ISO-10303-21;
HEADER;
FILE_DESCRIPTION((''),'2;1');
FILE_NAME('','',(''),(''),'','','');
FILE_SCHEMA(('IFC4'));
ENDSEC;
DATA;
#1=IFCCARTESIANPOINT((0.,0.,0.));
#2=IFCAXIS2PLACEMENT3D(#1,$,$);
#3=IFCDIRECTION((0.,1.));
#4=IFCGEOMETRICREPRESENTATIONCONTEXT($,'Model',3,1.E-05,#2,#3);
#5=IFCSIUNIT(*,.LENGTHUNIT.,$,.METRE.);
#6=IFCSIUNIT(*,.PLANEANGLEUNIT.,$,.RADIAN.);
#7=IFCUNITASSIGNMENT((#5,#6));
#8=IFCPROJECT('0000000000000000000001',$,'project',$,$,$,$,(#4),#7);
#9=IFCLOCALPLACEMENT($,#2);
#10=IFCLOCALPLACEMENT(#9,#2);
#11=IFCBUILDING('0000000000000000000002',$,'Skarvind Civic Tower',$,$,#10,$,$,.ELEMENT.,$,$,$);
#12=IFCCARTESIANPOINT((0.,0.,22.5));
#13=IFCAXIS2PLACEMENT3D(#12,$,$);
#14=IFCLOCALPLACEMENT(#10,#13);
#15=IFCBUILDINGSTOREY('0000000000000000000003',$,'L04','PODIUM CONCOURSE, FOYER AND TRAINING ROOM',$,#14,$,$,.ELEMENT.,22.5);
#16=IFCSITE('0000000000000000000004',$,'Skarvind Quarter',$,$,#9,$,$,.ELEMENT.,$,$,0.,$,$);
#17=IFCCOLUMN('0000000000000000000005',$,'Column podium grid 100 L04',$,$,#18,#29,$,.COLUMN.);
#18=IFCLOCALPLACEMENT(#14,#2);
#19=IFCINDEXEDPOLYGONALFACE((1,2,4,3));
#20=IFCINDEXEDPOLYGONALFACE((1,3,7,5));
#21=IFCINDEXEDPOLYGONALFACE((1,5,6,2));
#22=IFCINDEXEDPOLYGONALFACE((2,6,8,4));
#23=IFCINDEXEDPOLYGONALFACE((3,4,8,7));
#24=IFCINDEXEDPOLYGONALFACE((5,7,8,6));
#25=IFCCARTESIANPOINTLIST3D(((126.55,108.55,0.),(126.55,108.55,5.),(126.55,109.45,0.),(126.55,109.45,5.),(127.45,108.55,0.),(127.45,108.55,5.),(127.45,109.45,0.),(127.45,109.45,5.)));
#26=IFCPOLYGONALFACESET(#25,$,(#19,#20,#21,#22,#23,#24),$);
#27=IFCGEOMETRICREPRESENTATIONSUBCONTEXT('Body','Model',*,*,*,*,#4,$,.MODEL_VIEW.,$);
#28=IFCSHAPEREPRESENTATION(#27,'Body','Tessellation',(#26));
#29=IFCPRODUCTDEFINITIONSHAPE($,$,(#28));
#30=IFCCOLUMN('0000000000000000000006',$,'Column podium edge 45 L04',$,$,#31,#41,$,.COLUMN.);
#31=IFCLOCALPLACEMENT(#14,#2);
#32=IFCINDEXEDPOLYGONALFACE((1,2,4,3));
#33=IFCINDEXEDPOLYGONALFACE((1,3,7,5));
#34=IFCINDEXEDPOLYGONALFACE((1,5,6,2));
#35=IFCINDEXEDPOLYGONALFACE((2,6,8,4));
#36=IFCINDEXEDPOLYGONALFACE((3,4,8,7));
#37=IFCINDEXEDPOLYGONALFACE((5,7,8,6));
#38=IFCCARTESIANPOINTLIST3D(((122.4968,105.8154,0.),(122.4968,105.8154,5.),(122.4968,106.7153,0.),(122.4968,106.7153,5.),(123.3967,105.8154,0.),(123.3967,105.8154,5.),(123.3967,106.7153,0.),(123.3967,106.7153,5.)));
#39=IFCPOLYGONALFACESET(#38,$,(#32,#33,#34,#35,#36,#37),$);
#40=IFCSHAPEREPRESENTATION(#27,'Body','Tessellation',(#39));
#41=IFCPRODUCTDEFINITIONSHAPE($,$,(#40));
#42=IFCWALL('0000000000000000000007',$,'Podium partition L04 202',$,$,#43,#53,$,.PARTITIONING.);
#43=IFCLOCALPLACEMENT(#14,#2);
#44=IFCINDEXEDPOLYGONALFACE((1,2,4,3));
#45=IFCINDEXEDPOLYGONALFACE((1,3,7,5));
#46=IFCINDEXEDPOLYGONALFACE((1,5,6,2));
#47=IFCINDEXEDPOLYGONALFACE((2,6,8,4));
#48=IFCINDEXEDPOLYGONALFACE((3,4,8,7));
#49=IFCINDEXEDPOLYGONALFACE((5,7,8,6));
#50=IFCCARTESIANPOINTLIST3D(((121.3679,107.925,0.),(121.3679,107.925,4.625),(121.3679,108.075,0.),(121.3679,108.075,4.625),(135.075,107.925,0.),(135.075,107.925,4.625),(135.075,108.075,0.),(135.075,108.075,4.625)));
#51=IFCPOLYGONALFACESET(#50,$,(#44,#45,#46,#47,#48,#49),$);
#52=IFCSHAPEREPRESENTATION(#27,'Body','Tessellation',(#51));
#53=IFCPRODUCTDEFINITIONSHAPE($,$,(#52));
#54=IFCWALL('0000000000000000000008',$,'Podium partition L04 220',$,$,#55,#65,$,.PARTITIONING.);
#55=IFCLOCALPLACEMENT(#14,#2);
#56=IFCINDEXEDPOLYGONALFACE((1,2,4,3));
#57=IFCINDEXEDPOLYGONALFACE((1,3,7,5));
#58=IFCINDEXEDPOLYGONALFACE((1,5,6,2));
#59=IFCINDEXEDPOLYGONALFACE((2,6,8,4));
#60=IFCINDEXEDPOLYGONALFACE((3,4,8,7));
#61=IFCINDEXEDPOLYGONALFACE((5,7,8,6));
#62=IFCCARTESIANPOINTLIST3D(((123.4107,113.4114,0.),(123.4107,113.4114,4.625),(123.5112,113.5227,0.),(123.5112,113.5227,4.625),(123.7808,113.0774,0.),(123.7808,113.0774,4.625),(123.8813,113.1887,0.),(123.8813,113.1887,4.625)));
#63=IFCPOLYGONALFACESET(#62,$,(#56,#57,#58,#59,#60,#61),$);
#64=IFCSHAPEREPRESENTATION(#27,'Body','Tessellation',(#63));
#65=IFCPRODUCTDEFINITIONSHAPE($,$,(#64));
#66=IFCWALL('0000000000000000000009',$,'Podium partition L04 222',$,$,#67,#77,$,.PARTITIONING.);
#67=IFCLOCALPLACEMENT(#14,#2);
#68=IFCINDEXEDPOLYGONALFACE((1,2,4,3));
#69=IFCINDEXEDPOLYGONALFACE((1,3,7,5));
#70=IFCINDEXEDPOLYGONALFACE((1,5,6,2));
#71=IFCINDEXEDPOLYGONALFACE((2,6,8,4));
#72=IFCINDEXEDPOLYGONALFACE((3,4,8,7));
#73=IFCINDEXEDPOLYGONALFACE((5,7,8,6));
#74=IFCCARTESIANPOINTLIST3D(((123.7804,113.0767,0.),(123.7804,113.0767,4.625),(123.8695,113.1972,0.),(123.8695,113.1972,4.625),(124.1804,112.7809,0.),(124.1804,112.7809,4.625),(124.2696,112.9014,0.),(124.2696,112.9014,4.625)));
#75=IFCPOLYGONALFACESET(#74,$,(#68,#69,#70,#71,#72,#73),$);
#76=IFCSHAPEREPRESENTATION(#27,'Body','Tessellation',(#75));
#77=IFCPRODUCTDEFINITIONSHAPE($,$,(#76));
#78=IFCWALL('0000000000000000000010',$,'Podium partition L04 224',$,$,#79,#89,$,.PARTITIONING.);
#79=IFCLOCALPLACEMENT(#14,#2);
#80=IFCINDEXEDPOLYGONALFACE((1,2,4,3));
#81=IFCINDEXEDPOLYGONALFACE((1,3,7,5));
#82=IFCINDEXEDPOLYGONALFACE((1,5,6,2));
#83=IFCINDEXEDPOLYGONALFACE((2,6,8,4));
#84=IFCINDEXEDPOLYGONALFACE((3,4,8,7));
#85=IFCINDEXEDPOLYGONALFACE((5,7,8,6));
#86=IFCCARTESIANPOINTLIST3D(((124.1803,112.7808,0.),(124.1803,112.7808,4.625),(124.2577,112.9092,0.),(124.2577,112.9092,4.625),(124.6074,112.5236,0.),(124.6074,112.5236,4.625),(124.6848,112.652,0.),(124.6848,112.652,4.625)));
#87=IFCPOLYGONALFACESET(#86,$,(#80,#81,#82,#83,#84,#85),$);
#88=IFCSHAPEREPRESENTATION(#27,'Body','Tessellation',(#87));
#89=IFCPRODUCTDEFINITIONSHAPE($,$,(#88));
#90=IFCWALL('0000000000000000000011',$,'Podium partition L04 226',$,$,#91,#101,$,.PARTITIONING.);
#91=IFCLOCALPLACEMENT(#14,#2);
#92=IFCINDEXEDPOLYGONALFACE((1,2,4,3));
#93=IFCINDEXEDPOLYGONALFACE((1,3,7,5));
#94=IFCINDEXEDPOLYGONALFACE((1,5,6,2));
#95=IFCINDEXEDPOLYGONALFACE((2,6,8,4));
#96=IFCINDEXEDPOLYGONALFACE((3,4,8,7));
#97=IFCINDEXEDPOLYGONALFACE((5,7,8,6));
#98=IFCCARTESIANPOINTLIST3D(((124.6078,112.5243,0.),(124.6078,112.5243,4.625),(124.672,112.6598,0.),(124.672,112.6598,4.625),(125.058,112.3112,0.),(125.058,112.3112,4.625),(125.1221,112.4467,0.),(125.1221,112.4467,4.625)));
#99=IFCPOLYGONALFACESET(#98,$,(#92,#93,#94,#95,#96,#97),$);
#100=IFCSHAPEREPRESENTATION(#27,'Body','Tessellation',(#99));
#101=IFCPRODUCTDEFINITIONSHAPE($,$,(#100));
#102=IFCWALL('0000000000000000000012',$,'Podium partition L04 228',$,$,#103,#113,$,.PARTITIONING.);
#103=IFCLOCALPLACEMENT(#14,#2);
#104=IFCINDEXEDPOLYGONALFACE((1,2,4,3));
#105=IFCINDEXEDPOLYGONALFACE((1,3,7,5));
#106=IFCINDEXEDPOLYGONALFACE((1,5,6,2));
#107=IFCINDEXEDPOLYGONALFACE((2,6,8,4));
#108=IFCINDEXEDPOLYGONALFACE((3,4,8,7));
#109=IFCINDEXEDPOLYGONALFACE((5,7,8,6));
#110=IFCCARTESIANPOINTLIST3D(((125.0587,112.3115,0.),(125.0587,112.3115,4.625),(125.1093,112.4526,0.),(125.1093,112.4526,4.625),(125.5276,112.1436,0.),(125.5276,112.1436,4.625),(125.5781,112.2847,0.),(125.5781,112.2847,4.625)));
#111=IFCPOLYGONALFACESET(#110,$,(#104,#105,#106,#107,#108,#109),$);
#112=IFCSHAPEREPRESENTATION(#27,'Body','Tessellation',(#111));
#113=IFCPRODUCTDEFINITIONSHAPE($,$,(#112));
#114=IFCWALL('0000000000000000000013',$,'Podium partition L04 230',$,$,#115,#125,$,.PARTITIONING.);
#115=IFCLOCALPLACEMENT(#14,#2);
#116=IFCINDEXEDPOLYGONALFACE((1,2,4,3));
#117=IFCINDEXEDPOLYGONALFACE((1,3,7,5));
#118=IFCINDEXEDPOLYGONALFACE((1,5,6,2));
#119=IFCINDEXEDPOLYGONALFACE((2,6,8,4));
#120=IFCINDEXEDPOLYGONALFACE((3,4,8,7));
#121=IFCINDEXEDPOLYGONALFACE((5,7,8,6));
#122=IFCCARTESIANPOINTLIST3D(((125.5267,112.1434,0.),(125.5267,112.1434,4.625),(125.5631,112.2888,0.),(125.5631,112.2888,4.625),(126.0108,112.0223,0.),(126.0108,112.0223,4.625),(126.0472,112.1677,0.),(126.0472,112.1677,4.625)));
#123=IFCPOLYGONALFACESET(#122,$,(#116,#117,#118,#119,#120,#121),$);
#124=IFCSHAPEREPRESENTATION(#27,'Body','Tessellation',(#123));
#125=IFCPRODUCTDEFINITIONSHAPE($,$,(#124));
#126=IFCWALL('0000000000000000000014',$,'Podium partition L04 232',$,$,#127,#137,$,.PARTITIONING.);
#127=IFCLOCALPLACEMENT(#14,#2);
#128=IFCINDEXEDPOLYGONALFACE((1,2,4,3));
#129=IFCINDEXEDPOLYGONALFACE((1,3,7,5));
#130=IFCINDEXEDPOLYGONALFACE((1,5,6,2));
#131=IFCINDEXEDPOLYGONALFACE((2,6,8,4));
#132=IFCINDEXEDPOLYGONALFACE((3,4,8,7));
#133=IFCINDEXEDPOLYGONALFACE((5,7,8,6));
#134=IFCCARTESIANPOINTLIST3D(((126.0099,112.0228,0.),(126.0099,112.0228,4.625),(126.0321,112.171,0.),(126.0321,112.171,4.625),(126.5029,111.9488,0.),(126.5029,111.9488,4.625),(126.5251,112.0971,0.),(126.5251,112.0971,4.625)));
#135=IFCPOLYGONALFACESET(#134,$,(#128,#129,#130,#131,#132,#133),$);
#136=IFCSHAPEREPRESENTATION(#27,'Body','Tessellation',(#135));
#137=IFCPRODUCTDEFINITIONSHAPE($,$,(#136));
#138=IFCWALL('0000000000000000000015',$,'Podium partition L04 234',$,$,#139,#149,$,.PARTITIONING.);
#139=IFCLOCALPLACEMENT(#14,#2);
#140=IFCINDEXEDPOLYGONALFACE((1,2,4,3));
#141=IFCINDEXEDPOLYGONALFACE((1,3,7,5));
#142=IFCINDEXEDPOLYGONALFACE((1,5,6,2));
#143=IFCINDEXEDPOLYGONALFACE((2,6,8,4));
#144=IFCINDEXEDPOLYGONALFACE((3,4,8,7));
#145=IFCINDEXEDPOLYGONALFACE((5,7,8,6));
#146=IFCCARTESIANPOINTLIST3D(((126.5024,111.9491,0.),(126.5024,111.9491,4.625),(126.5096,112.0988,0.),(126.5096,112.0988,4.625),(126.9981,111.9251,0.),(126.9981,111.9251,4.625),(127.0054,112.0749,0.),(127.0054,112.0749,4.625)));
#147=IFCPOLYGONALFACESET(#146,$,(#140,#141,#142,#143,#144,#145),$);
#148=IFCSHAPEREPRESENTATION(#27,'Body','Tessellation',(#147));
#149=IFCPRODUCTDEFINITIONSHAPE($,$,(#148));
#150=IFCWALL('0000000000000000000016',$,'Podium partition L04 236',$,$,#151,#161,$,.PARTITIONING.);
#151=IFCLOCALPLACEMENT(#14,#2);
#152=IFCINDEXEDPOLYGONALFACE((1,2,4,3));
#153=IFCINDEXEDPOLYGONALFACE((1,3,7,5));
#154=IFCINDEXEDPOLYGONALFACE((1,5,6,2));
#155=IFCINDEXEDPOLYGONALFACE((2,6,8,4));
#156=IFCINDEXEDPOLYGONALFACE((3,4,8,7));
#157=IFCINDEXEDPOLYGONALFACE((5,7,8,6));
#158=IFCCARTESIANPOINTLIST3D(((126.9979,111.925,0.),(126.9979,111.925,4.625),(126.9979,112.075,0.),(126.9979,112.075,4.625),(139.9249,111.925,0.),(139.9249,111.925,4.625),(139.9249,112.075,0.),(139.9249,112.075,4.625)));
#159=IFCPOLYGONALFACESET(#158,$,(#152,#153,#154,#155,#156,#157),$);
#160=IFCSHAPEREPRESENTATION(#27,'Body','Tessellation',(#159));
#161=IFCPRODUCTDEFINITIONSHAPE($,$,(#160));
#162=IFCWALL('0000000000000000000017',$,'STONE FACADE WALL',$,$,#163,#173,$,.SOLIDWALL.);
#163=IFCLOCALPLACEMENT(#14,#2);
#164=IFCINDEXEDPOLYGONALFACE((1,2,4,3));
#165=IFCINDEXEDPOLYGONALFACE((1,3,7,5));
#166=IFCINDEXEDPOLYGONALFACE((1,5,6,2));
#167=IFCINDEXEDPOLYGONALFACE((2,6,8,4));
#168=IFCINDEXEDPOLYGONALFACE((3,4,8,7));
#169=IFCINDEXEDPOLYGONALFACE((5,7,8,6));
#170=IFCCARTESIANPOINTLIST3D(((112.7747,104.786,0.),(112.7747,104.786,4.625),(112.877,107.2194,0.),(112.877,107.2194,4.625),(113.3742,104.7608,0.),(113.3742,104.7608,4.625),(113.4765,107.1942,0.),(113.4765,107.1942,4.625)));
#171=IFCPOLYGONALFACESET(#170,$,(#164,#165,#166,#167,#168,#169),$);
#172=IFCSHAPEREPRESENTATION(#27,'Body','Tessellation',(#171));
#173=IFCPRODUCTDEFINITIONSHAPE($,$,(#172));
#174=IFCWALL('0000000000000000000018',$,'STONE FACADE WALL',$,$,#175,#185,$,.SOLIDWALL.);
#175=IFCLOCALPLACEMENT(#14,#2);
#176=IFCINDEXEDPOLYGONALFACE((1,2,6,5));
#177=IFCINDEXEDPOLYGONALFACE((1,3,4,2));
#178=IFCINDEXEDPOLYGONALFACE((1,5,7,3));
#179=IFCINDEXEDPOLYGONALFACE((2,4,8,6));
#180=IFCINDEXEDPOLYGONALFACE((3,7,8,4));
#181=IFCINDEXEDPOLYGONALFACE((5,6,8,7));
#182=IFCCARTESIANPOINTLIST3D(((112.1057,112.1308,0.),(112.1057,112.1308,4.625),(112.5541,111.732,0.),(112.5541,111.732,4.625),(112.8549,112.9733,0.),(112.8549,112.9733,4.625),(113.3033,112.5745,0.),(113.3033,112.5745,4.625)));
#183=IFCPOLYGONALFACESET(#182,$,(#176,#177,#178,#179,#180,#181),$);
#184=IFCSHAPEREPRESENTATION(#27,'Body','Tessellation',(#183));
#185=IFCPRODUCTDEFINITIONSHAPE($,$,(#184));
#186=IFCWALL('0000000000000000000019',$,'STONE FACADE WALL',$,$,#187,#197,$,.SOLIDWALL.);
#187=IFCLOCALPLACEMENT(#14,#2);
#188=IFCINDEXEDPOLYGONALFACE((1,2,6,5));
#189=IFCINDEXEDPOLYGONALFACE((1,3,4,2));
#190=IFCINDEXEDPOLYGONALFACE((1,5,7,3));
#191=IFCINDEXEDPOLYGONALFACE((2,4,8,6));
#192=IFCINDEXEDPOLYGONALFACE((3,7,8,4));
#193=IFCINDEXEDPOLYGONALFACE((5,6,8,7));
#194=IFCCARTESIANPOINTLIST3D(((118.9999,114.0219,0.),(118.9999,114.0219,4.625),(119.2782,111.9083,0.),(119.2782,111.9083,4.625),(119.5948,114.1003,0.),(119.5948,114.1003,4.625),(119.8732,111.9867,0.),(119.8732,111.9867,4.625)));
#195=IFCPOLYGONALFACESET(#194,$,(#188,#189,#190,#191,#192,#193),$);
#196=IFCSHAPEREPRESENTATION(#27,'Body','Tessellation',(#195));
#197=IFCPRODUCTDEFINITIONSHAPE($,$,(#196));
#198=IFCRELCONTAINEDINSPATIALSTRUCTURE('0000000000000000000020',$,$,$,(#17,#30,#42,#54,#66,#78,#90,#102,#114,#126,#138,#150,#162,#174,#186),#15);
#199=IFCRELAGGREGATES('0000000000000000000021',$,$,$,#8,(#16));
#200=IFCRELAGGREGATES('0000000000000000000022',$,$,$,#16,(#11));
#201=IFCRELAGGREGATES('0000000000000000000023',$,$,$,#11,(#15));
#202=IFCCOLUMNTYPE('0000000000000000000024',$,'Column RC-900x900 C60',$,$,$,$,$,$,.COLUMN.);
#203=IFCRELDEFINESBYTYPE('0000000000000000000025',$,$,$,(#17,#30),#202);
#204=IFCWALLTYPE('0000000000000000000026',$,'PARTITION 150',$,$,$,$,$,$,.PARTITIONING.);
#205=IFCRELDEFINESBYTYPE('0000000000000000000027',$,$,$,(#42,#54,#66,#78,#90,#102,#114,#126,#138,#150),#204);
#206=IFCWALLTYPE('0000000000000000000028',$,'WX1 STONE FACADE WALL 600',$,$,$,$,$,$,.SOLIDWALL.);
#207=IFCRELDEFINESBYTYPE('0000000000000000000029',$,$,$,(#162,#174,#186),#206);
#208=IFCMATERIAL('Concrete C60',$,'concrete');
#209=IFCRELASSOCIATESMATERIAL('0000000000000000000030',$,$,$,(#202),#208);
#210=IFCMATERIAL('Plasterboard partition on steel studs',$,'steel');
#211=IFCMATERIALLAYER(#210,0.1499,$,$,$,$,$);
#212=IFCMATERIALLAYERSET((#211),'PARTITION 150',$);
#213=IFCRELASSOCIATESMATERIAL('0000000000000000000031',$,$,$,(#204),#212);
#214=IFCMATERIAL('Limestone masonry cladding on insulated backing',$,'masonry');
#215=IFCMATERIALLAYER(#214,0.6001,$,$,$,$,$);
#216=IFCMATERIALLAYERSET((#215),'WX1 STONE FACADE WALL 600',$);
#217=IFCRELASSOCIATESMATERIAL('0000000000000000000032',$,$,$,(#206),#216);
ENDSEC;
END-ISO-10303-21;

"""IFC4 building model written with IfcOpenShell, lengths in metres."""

from ifc_helpers import new_model, si_unit, direction, frame, frame_2d, origin, origin_2d, place, context, subcontext, project, spatial, rectangle, extrude, material, layer, layer_set, material_profile, profile_set, type_object, element, save


model = new_model("IFC4")

# Units and contexts
model_context = context("Model", 3, precision=1e-05, world=origin(), true_north=direction((0.0, 1.0)))
body_context = subcontext(model_context, "Body", "Model", "MODEL_VIEW")
ifc_project = project(units=[si_unit("LENGTHUNIT", "METRE"), si_unit("PLANEANGLEUNIT", "RADIAN")], contexts=[model_context])

# Site, building, storey
site_placement = place(None, origin())
site = spatial("IfcSite", under=ifc_project, at=site_placement, Name="Skarvind Quarter", CompositionType="ELEMENT", RefElevation=0.0)
building_placement = place(site_placement, origin())
building = spatial("IfcBuilding", under=site, at=building_placement, Name="Skarvind Civic Tower", CompositionType="ELEMENT")
storey_placement = place(building_placement, frame((0.0, 0.0, 22.5)))
storey = spatial("IfcBuildingStorey", under=building, at=storey_placement, Name="L04", Description="PODIUM CONCOURSE, FOYER AND TRAINING ROOM", CompositionType="ELEMENT", Elevation=22.5)

# Columns
ifc_material_1 = material(Name="Concrete C60", Category="concrete")
ifc_material_profile = material_profile(ifc_material_1, rectangle(XDim=0.8999, YDim=0.8999, at=origin_2d()), Name="RC-900x900")
ifc_profile_set = profile_set([ifc_material_profile], Name="Concrete C60")
column_type = type_object("IfcColumnType", Name="Column RC-900x900 C60", PredefinedType="COLUMN", material=ifc_profile_set)
for number, where, z_axis, x_axis, name in (
    (1, (127.0, 109.0, 0.0), (0.0, 0.0, 1.0), (1.0, 0.0, 0.0), "Column podium grid 100 L04"),
    (2, (122.9468, 106.2654, 0.0), (0.0, 0.0, 1.0), (1.0, 0.0, 0.0), "Column podium edge 45 L04"),
):
    element("IfcColumn", number, at=place(storey_placement, frame(where, z_axis=z_axis, x_axis=x_axis)), inside=storey, type_object=column_type, Name=name, PredefinedType="COLUMN", context=body_context, shape_type="SweptSolid", body=[
        extrude(rectangle(XDim=0.8999, YDim=0.8999, at=origin_2d()), origin(), (0.0, 0.0, 1.0), 5.0),
    ])

# Walls
ifc_material_2 = material(Name="Plasterboard partition on steel studs", Category="steel")
ifc_layer_1 = layer(ifc_material_2, 0.1499)
ifc_layer_set_1 = layer_set([ifc_layer_1], Name="PARTITION 150")
wall_type_1 = type_object("IfcWallType", Name="PARTITION 150", PredefinedType="PARTITIONING", material=ifc_layer_set_1)
wall_1_placement = place(storey_placement, frame((121.3679, 108.0, 0.0), z_axis=(0.0, 0.0, 1.0), x_axis=(1.0, 0.0, 0.0)))
element("IfcWall", 3, at=wall_1_placement, inside=storey, type_object=wall_type_1, Name="Podium partition L04 202", PredefinedType="PARTITIONING", context=body_context, shape_type="SweptSolid", body=[
    extrude(rectangle(XDim=13.707, YDim=0.1499, at=frame_2d((6.8535, 0.0))), origin(), (0.0, 0.0, 1.0), 4.625),
])
wall_2_placement = place(storey_placement, frame((123.4609, 113.467, 0.0), z_axis=(0.0, 0.0, 1.0), x_axis=(0.742417, -0.669938, 0.0)))
element("IfcWall", 4, at=wall_2_placement, inside=storey, type_object=wall_type_1, Name="Podium partition L04 220", PredefinedType="PARTITIONING", context=body_context, shape_type="SweptSolid", body=[
    extrude(rectangle(XDim=0.4985, YDim=0.1499, at=frame_2d((0.2493, 0.0))), origin(), (0.0, 0.0, 1.0), 4.625),
])
wall_3_placement = place(storey_placement, frame((123.825, 113.137, 0.0), z_axis=(0.0, 0.0, 1.0), x_axis=(0.804044, -0.59457, 0.0)))
element("IfcWall", 5, at=wall_3_placement, inside=storey, type_object=wall_type_1, Name="Podium partition L04 222", PredefinedType="PARTITIONING", context=body_context, shape_type="SweptSolid", body=[
    extrude(rectangle(XDim=0.4976, YDim=0.1499, at=frame_2d((0.2488, 0.0))), origin(), (0.0, 0.0, 1.0), 4.625),
])
wall_4_placement = place(storey_placement, frame((124.219, 112.845, 0.0), z_axis=(0.0, 0.0, 1.0), x_axis=(0.856714, -0.515792, 0.0)))
element("IfcWall", 6, at=wall_4_placement, inside=storey, type_object=wall_type_1, Name="Podium partition L04 224", PredefinedType="PARTITIONING", context=body_context, shape_type="SweptSolid", body=[
    extrude(rectangle(XDim=0.4985, YDim=0.1499, at=frame_2d((0.2493, 0.0))), origin(), (0.0, 0.0, 1.0), 4.625),
])
for number, where, z_axis, x_axis, name in (
    (7, (124.6399, 112.592, 0.0), (0.0, 0.0, 1.0), (0.903828, -0.427897, 0.0), "Podium partition L04 226"),
    (8, (125.084, 112.3821, 0.0), (0.0, 0.0, 1.0), (0.941442, -0.337174, 0.0), "Podium partition L04 228"),
):
    element("IfcWall", number, at=place(storey_placement, frame(where, z_axis=z_axis, x_axis=x_axis)), inside=storey, type_object=wall_type_1, Name=name, PredefinedType="PARTITIONING", context=body_context, shape_type="SweptSolid", body=[
        extrude(rectangle(XDim=0.498, YDim=0.1499, at=frame_2d((0.249, 0.0))), origin(), (0.0, 0.0, 1.0), 4.625),
    ])
wall_5_placement = place(storey_placement, frame((125.5449, 112.2161, 0.0), z_axis=(0.0, 0.0, 1.0), x_axis=(0.970114, -0.242651, 0.0)))
element("IfcWall", 9, at=wall_5_placement, inside=storey, type_object=wall_type_1, Name="Podium partition L04 230", PredefinedType="PARTITIONING", context=body_context, shape_type="SweptSolid", body=[
    extrude(rectangle(XDim=0.499, YDim=0.1499, at=frame_2d((0.2495, 0.0))), origin(), (0.0, 0.0, 1.0), 4.625),
])
wall_6_placement = place(storey_placement, frame((126.021, 112.0969, 0.0), z_axis=(0.0, 0.0, 1.0), x_axis=(0.988926, -0.148412, 0.0)))
element("IfcWall", 10, at=wall_6_placement, inside=storey, type_object=wall_type_1, Name="Podium partition L04 232", PredefinedType="PARTITIONING", context=body_context, shape_type="SweptSolid", body=[
    extrude(rectangle(XDim=0.4985, YDim=0.1499, at=frame_2d((0.2493, 0.0))), origin(), (0.0, 0.0, 1.0), 4.625),
])
wall_7_placement = place(storey_placement, frame((126.5061, 112.0239, 0.0), z_axis=(0.0, 0.0, 1.0), x_axis=(0.998838, -0.048196, 0.0)))
element("IfcWall", 11, at=wall_7_placement, inside=storey, type_object=wall_type_1, Name="Podium partition L04 234", PredefinedType="PARTITIONING", context=body_context, shape_type="SweptSolid", body=[
    extrude(rectangle(XDim=0.4963, YDim=0.1499, at=frame_2d((0.248, 0.0))), origin(), (0.0, 0.0, 1.0), 4.625),
])
wall_8_placement = place(storey_placement, frame((126.998, 112.0, 0.0), z_axis=(0.0, 0.0, 1.0), x_axis=(1.0, 0.0, 0.0)))
element("IfcWall", 12, at=wall_8_placement, inside=storey, type_object=wall_type_1, Name="Podium partition L04 236", PredefinedType="PARTITIONING", context=body_context, shape_type="SweptSolid", body=[
    extrude(rectangle(XDim=12.927, YDim=0.1499, at=frame_2d((6.4634, 0.0))), origin(), (0.0, 0.0, 1.0), 4.625),
])
ifc_material_3 = material(Name="Limestone masonry cladding on insulated backing", Category="masonry")
ifc_layer_2 = layer(ifc_material_3, 0.6001)
ifc_layer_set_2 = layer_set([ifc_layer_2], Name="WX1 STONE FACADE WALL 600")
wall_type_2 = type_object("IfcWallType", Name="WX1 STONE FACADE WALL 600", PredefinedType="SOLIDWALL", material=ifc_layer_set_2)
wall_9_placement = place(storey_placement, frame((113.1768, 107.2068, 0.0), z_axis=(0.0, 0.0, 1.0), x_axis=(-0.042002, -0.999118, 0.0)))
element("IfcWall", 13, at=wall_9_placement, inside=storey, type_object=wall_type_2, Name="STONE FACADE WALL", PredefinedType="SOLIDWALL", context=body_context, shape_type="SweptSolid", body=[
    extrude(rectangle(XDim=2.4355, YDim=0.6001, at=frame_2d((1.2178, 0.0))), origin(), (0.0, 0.0, 1.0), 4.625),
])
wall_10_placement = place(storey_placement, frame((113.0791, 112.7739, 0.0), z_axis=(0.0, 0.0, 1.0), x_axis=(-0.664539, -0.747254, 0.0)))
element("IfcWall", 14, at=wall_10_placement, inside=storey, type_object=wall_type_2, Name="STONE FACADE WALL", PredefinedType="SOLIDWALL", context=body_context, shape_type="SweptSolid", body=[
    extrude(rectangle(XDim=1.1274, YDim=0.6001, at=frame_2d((0.5637, 0.0))), origin(), (0.0, 0.0, 1.0), 4.625),
])
wall_11_placement = place(storey_placement, frame((119.5757, 111.9475, 0.0), z_axis=(0.0, 0.0, 1.0), x_axis=(-0.130558, 0.991441, 0.0)))
element("IfcWall", 15, at=wall_11_placement, inside=storey, type_object=wall_type_2, Name="STONE FACADE WALL", PredefinedType="SOLIDWALL", context=body_context, shape_type="SweptSolid", body=[
    extrude(rectangle(XDim=2.1318, YDim=0.6001, at=frame_2d((1.0659, 0.0))), origin(), (0.0, 0.0, 1.0), 4.625),
])

save(model, "model.ifc")
